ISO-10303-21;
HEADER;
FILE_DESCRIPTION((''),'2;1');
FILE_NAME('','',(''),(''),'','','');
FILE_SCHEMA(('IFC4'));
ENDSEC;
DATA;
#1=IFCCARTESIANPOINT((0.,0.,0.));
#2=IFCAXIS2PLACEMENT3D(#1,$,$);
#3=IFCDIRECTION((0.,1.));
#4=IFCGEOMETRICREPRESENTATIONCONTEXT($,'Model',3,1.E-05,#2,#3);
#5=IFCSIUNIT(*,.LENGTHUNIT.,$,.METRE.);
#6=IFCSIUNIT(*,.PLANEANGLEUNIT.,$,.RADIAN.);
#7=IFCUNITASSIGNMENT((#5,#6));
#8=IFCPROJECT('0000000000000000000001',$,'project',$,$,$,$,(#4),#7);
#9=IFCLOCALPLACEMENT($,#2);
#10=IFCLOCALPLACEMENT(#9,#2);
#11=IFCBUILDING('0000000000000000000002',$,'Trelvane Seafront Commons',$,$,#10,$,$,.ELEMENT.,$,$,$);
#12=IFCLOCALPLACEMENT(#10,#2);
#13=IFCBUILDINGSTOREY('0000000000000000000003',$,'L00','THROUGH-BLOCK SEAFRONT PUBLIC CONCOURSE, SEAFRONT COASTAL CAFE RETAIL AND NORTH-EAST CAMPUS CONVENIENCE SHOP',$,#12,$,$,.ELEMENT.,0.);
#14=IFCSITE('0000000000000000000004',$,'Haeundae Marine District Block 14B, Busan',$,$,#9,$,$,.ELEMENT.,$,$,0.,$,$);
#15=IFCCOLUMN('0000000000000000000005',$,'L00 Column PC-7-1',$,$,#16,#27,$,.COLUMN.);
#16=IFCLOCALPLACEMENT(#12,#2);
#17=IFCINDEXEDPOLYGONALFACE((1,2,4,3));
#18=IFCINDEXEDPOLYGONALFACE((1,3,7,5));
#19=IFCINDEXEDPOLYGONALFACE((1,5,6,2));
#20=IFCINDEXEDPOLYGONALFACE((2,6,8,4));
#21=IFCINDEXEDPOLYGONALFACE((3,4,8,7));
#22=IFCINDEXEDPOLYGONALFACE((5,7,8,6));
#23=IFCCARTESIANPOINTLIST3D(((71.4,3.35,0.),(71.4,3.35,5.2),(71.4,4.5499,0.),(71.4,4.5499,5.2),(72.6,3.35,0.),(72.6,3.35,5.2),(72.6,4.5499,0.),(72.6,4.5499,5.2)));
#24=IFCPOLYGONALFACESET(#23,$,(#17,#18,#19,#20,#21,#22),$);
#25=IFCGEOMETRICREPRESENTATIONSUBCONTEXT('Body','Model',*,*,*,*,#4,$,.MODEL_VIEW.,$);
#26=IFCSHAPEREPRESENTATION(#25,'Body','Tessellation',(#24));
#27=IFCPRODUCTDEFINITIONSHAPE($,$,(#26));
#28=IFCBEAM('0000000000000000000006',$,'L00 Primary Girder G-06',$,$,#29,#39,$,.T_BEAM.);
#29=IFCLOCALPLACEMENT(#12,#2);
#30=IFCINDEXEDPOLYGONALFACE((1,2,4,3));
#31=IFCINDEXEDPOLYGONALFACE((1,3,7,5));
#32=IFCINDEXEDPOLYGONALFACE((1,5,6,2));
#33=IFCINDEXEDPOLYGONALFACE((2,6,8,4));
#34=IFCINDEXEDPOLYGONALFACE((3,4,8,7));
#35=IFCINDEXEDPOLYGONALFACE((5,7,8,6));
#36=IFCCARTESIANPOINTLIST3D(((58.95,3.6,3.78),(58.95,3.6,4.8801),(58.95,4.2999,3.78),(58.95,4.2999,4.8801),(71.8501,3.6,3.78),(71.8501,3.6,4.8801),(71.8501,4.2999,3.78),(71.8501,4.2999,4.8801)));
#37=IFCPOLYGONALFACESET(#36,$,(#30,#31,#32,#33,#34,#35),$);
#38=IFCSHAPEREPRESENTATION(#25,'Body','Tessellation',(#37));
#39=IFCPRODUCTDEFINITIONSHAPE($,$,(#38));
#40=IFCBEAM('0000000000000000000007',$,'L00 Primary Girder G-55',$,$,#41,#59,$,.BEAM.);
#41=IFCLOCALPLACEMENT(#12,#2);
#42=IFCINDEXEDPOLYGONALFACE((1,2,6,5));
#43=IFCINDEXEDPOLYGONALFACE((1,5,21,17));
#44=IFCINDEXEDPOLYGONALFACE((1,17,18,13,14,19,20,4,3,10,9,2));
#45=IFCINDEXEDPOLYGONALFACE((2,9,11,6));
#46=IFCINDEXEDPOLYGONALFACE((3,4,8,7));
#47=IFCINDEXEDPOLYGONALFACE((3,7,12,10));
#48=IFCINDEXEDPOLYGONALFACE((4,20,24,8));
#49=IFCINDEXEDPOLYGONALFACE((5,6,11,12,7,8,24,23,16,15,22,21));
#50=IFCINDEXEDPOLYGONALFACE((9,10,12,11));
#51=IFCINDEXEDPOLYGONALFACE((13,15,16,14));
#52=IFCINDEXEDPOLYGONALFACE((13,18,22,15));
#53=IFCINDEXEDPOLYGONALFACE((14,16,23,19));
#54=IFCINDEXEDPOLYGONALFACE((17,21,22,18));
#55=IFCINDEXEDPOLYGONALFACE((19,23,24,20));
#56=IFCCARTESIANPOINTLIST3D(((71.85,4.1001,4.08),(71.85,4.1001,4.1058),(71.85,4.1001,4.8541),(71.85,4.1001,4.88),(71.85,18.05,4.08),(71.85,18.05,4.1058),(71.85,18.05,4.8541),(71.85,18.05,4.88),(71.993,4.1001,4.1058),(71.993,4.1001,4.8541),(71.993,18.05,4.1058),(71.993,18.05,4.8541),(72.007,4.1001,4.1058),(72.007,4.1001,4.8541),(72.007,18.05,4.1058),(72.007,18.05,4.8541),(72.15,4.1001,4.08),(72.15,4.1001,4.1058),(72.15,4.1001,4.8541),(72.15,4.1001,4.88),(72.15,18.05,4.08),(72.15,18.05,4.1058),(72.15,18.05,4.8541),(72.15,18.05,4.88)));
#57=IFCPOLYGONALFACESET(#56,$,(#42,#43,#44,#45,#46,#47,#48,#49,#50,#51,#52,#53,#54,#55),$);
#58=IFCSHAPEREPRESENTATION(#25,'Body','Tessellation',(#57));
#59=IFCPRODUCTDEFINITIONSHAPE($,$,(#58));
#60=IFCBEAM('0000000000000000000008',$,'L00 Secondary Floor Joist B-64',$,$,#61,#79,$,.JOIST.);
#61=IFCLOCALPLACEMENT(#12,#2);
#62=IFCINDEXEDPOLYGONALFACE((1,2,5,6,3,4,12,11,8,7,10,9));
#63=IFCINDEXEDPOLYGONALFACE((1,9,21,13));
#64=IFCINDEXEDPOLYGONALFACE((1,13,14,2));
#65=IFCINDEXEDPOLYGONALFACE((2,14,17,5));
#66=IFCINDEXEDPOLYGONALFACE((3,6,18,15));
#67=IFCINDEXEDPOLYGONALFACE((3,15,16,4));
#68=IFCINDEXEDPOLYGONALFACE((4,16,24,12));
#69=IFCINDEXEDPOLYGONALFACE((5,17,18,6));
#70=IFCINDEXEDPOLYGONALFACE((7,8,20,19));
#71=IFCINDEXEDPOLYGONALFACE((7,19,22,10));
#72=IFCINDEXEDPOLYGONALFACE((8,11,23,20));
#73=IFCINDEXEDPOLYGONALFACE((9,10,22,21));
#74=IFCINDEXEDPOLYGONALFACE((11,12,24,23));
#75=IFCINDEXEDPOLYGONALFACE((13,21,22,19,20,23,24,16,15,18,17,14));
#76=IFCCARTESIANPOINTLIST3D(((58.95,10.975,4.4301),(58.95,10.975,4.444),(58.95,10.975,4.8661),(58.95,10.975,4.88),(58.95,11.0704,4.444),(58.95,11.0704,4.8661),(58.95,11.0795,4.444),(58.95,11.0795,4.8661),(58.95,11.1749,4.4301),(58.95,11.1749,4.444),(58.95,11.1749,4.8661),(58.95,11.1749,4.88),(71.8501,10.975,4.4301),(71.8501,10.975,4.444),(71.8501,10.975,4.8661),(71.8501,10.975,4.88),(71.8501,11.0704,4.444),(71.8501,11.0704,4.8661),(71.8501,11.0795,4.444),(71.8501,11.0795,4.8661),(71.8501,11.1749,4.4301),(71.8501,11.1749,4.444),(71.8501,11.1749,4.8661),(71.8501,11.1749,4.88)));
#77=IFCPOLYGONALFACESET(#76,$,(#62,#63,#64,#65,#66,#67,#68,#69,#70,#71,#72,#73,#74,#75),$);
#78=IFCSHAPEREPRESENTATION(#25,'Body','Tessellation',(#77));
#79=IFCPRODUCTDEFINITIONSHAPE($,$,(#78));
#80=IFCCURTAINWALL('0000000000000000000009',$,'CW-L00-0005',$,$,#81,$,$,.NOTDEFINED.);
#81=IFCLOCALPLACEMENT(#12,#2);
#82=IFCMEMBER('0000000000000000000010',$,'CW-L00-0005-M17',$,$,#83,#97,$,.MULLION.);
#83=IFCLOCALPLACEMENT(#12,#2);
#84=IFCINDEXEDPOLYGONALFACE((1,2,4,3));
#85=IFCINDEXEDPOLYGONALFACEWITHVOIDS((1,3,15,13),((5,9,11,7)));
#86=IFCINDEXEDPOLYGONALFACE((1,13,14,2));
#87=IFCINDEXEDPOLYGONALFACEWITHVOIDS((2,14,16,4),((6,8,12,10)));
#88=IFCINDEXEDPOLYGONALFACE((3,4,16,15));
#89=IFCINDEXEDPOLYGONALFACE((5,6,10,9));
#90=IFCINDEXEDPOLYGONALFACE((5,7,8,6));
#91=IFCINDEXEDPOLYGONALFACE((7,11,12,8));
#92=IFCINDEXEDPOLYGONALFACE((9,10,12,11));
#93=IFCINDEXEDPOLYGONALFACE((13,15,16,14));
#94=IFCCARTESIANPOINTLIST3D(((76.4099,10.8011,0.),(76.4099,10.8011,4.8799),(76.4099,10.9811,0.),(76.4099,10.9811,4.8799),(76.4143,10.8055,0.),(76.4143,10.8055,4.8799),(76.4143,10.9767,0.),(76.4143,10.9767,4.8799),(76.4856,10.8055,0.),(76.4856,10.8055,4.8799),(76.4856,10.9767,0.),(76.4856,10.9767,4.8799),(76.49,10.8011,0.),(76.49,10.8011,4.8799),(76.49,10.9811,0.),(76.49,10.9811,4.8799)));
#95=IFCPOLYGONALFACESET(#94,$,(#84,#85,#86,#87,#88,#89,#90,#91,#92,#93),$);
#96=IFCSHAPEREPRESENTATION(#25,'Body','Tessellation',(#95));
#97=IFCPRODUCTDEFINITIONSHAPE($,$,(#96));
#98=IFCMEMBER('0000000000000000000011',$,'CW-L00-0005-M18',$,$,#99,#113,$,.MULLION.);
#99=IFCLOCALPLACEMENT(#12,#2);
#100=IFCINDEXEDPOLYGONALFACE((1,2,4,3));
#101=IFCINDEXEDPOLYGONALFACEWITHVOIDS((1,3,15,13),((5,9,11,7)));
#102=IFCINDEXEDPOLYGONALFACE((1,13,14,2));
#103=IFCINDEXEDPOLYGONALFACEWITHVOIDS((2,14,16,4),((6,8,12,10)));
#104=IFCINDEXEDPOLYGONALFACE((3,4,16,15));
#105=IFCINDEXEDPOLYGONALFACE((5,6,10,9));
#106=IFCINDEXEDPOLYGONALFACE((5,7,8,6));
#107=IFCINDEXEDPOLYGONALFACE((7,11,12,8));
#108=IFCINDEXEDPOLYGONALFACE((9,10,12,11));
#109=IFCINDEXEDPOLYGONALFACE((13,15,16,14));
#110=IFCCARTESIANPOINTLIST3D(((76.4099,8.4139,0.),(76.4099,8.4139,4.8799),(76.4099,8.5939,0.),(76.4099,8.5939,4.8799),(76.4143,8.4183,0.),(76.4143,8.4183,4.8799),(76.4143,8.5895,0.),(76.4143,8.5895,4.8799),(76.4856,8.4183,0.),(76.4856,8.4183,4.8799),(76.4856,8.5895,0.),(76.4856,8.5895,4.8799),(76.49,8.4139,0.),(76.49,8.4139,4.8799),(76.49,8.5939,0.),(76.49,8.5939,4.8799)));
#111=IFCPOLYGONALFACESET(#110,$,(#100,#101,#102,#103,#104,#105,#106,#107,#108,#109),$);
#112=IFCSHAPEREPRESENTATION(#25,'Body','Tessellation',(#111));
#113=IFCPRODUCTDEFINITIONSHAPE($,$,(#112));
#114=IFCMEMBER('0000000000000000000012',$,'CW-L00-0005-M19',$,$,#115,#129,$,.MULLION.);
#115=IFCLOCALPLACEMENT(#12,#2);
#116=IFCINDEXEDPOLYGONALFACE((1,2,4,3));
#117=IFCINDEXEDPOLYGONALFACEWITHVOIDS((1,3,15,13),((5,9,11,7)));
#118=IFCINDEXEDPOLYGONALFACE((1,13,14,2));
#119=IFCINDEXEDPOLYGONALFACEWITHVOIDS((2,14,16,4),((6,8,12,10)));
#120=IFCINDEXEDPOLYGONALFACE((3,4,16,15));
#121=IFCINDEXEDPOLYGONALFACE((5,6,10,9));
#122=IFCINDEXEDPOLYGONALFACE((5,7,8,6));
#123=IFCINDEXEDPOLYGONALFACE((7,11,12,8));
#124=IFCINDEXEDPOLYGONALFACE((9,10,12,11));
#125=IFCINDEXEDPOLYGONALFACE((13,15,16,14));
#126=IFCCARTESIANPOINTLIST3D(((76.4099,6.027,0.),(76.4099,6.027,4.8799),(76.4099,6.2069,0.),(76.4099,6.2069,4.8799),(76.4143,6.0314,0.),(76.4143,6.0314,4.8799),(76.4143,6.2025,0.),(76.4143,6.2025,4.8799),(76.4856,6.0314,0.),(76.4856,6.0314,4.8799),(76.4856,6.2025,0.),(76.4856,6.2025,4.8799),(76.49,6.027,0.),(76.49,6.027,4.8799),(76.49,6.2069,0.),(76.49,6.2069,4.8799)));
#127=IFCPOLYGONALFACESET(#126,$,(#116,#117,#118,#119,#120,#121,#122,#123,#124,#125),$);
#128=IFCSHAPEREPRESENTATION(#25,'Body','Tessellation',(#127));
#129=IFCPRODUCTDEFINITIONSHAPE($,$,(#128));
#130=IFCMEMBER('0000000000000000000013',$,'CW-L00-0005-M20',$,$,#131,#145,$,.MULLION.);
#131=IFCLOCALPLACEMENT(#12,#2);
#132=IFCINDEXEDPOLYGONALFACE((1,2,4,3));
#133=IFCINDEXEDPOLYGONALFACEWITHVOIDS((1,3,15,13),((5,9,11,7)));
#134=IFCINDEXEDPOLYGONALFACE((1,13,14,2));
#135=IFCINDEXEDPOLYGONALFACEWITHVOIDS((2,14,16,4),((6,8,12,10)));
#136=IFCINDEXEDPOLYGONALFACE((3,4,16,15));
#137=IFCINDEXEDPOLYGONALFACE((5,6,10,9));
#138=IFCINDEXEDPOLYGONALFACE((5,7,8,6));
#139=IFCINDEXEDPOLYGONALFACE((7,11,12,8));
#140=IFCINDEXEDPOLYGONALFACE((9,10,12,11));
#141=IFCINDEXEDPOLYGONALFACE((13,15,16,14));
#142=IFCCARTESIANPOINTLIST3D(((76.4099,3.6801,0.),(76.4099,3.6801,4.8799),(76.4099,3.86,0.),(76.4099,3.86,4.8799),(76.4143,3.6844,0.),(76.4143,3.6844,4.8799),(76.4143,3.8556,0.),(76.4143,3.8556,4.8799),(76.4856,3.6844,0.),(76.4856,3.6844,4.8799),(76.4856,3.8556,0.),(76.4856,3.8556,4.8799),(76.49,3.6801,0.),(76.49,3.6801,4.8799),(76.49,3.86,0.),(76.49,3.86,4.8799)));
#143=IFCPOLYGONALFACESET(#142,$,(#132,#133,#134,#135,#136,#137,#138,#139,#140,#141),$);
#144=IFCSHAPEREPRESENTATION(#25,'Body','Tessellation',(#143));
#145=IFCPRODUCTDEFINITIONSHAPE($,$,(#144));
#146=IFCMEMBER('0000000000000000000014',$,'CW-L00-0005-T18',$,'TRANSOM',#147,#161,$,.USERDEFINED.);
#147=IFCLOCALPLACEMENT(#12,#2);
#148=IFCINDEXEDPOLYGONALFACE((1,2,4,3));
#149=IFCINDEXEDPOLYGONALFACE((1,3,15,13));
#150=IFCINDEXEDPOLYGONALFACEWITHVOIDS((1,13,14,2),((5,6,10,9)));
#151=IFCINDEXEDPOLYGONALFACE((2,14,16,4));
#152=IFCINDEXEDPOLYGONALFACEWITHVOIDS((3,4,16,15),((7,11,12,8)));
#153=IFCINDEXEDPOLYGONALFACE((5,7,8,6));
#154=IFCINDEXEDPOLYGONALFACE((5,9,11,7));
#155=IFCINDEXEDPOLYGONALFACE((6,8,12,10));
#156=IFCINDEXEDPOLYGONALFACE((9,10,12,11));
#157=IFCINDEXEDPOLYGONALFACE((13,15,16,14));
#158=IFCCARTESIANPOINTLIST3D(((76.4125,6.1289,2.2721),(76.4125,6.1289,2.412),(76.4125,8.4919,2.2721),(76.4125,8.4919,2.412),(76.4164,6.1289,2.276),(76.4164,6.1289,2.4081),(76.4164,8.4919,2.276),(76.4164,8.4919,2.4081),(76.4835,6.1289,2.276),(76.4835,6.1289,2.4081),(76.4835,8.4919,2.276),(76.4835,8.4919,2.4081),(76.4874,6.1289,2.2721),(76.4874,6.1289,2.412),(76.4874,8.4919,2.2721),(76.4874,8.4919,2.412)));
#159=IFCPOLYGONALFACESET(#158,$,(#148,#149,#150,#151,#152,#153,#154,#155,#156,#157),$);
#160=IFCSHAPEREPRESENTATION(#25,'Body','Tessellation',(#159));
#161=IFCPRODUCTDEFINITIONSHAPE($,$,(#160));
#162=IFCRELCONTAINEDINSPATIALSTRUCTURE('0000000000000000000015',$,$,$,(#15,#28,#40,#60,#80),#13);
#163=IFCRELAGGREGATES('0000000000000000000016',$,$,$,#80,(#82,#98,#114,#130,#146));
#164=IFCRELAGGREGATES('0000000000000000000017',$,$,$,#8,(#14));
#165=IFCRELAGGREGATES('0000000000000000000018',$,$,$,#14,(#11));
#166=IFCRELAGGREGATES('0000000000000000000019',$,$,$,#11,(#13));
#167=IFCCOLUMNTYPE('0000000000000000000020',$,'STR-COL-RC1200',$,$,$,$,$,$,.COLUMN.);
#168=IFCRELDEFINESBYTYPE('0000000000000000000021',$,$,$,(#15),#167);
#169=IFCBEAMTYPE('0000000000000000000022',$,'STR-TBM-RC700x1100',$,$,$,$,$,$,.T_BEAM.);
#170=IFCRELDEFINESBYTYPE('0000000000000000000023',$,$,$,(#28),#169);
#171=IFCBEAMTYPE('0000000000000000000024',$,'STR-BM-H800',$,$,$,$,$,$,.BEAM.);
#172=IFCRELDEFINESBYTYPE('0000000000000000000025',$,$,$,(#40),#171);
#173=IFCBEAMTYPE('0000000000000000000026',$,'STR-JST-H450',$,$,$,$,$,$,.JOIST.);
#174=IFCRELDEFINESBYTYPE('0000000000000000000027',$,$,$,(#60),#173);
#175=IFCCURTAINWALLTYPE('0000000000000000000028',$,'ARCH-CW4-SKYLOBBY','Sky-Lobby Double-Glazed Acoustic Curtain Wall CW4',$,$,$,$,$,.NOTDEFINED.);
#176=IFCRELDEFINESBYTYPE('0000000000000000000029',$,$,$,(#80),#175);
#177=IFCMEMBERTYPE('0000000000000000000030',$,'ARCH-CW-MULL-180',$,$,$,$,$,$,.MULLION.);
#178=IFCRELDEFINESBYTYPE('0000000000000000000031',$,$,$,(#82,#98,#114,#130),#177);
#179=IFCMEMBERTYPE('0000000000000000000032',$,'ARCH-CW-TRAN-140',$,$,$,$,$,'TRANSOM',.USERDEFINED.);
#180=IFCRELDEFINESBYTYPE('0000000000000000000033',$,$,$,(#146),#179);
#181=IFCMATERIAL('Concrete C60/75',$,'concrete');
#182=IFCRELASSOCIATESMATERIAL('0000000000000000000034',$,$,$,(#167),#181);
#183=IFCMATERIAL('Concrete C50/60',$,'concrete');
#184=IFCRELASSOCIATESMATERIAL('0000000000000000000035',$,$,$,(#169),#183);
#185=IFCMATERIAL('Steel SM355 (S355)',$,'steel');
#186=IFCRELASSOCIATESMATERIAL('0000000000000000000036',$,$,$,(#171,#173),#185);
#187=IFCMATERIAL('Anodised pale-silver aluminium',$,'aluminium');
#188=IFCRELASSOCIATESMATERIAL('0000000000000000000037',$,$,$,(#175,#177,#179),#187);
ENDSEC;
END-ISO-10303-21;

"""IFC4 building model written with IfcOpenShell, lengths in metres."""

from ifc_helpers import new_model, si_unit, direction, frame, origin, origin_2d, place, context, subcontext, project, spatial, rectangle, hollow_rectangle, i_section, extrude, source, transform, mapped, material, material_profile, profile_set, type_object, element, aggregate, save


model = new_model("IFC4")

# Units and contexts
model_context = context("Model", 3, precision=1e-05, world=origin(), true_north=direction((0.0, 1.0)))
body_context = subcontext(model_context, "Body", "Model", "MODEL_VIEW")
ifc_project = project(units=[si_unit("LENGTHUNIT", "METRE"), si_unit("PLANEANGLEUNIT", "RADIAN")], contexts=[model_context])

# Site, building, storey
site_placement = place(None, origin())
site = spatial("IfcSite", under=ifc_project, at=site_placement, Name="Haeundae Marine District Block 14B, Busan", CompositionType="ELEMENT", RefElevation=0.0)
building_placement = place(site_placement, origin())
building = spatial("IfcBuilding", under=site, at=building_placement, Name="Trelvane Seafront Commons", CompositionType="ELEMENT")
storey_placement = place(building_placement, origin())
storey = spatial("IfcBuildingStorey", under=building, at=storey_placement, Name="L00", Description="THROUGH-BLOCK SEAFRONT PUBLIC CONCOURSE, SEAFRONT COASTAL CAFE RETAIL AND NORTH-EAST CAMPUS CONVENIENCE SHOP", CompositionType="ELEMENT", Elevation=0.0)

# Column
ifc_material_1 = material(Name="Concrete C60/75", Category="concrete")
ifc_material_profile_1 = material_profile(ifc_material_1, rectangle(XDim=1.2, YDim=1.2, at=origin_2d()), Name="RC-1200x1200")
ifc_profile_set_1 = profile_set([ifc_material_profile_1], Name="Concrete C60/75")
column_type = type_object("IfcColumnType", Name="STR-COL-RC1200", PredefinedType="COLUMN", material=ifc_profile_set_1)
shared_shape_1 = source(origin(), body_context, "Body", "SweptSolid", [
    extrude(rectangle(XDim=1.2, YDim=1.2, at=origin_2d()), origin(), (0.0, 0.0, 1.0), 5.2),
])
column_placement = place(storey_placement, frame((72.0, 3.95, 0.0), z_axis=(0.0, 0.0, 1.0), x_axis=(1.0, 0.0, 0.0)))
element("IfcColumn", 1, at=column_placement, inside=storey, type_object=column_type, Name="L00 Column PC-7-1", PredefinedType="COLUMN", context=body_context, shape_type="MappedRepresentation", body=[
    mapped(shared_shape_1, transform((0.0, 0.0, 0.0), x_axis=(1.0, 0.0, 0.0), y_axis=(0.0, 1.0, 0.0), z_axis=(0.0, 0.0, 1.0), scale=1.0)),
])

# Beams
ifc_material_2 = material(Name="Concrete C50/60", Category="concrete")
ifc_material_profile_2 = material_profile(ifc_material_2, rectangle(XDim=0.7, YDim=1.1001, at=origin_2d()), Name="RC-700x1100")
ifc_profile_set_2 = profile_set([ifc_material_profile_2], Name="Concrete C50/60")
beam_type_1 = type_object("IfcBeamType", Name="STR-TBM-RC700x1100", PredefinedType="T_BEAM", material=ifc_profile_set_2)
shared_shape_2 = source(origin(), body_context, "Body", "SweptSolid", [
    extrude(rectangle(XDim=0.7, YDim=1.1001, at=origin_2d()), origin(), (0.0, 0.0, 1.0), 12.9001),
])
beam_1_placement = place(storey_placement, frame((58.95, 3.95, 4.3301), z_axis=(1.0, 0.0, 0.0), x_axis=(0.0, 1.0, 0.0)))
element("IfcBeam", 2, at=beam_1_placement, inside=storey, type_object=beam_type_1, Name="L00 Primary Girder G-06", PredefinedType="T_BEAM", context=body_context, shape_type="MappedRepresentation", body=[
    mapped(shared_shape_2, transform((0.0, 0.0, 0.0), x_axis=(1.0, 0.0, 0.0), y_axis=(0.0, 1.0, 0.0), z_axis=(0.0, 0.0, 1.0), scale=1.0)),
])
ifc_material_3 = material(Name="Steel SM355 (S355)", Category="steel")
ifc_material_profile_3 = material_profile(ifc_material_3, i_section(OverallWidth=0.3, OverallDepth=0.8, WebThickness=0.0139, FlangeThickness=0.0259, at=origin_2d()), Name="H-800x300x14x26")
ifc_profile_set_3 = profile_set([ifc_material_profile_3], Name="Steel SM355 (S355)")
beam_type_2 = type_object("IfcBeamType", Name="STR-BM-H800", PredefinedType="BEAM", material=ifc_profile_set_3)
shared_shape_3 = source(origin(), body_context, "Body", "SweptSolid", [
    extrude(i_section(OverallWidth=0.3, OverallDepth=0.8, WebThickness=0.0139, FlangeThickness=0.0259, at=origin_2d()), origin(), (0.0, 0.0, 1.0), 13.95),
])
beam_2_placement = place(storey_placement, frame((72.0, 4.1001, 4.48), z_axis=(0.0, 1.0, 0.0), x_axis=(-1.0, 0.0, 0.0)))
element("IfcBeam", 3, at=beam_2_placement, inside=storey, type_object=beam_type_2, Name="L00 Primary Girder G-55", PredefinedType="BEAM", context=body_context, shape_type="MappedRepresentation", body=[
    mapped(shared_shape_3, transform((0.0, 0.0, 0.0), x_axis=(1.0, 0.0, 0.0), y_axis=(0.0, 1.0, 0.0), z_axis=(0.0, 0.0, 1.0), scale=1.0)),
])
ifc_material_profile_4 = material_profile(ifc_material_3, i_section(OverallWidth=0.2, OverallDepth=0.45, WebThickness=0.009, FlangeThickness=0.0139, at=origin_2d()), Name="H-450x200x9x14")
ifc_profile_set_4 = profile_set([ifc_material_profile_4], Name="Steel SM355 (S355)")
beam_type_3 = type_object("IfcBeamType", Name="STR-JST-H450", PredefinedType="JOIST", material=ifc_profile_set_4)
shared_shape_4 = source(origin(), body_context, "Body", "SweptSolid", [
    extrude(i_section(OverallWidth=0.2, OverallDepth=0.45, WebThickness=0.009, FlangeThickness=0.0139, at=origin_2d()), origin(), (0.0, 0.0, 1.0), 12.9001),
])
beam_3_placement = place(storey_placement, frame((58.95, 11.075, 4.655), z_axis=(1.0, 0.0, 0.0), x_axis=(0.0, 1.0, 0.0)))
element("IfcBeam", 4, at=beam_3_placement, inside=storey, type_object=beam_type_3, Name="L00 Secondary Floor Joist B-64", PredefinedType="JOIST", context=body_context, shape_type="MappedRepresentation", body=[
    mapped(shared_shape_4, transform((0.0, 0.0, 0.0), x_axis=(1.0, 0.0, 0.0), y_axis=(0.0, 1.0, 0.0), z_axis=(0.0, 0.0, 1.0), scale=1.0)),
])

# Curtain wall, members
ifc_material_4 = material(Name="Anodised pale-silver aluminium", Category="aluminium")
curtain_wall_type = type_object("IfcCurtainWallType", Name="ARCH-CW4-SKYLOBBY", Description="Sky-Lobby Double-Glazed Acoustic Curtain Wall CW4", PredefinedType="NOTDEFINED", material=ifc_material_4)
curtain_wall_placement = place(storey_placement, origin())
curtain_wall = element("IfcCurtainWall", 5, at=curtain_wall_placement, inside=storey, type_object=curtain_wall_type, Name="CW-L00-0005", PredefinedType="NOTDEFINED")
ifc_material_profile_5 = material_profile(ifc_material_4, hollow_rectangle(XDim=0.0801, YDim=0.1799, WallThickness=0.0044, at=origin_2d()), Name="MULL-80x180x4.5")
ifc_profile_set_5 = profile_set([ifc_material_profile_5], Name="Anodised pale-silver aluminium")
member_type_1 = type_object("IfcMemberType", Name="ARCH-CW-MULL-180", PredefinedType="MULLION", material=ifc_profile_set_5)
shared_shape_5 = source(origin(), body_context, "Body", "SweptSolid", [
    extrude(hollow_rectangle(XDim=0.0801, YDim=0.1799, WallThickness=0.0044, at=origin_2d()), origin(), (0.0, 0.0, 1.0), 4.8799),
])
member_1_placement = place(storey_placement, frame((76.45, 10.8911, 0.0), z_axis=(0.0, 0.0, 1.0), x_axis=(1.0, 0.0, 0.0)))
member_1 = element("IfcMember", 6, at=member_1_placement, type_object=member_type_1, Name="CW-L00-0005-M17", PredefinedType="MULLION", context=body_context, shape_type="MappedRepresentation", body=[
    mapped(shared_shape_5, transform((0.0, 0.0, 0.0), x_axis=(1.0, 0.0, 0.0), y_axis=(0.0, 1.0, 0.0), z_axis=(0.0, 0.0, 1.0), scale=1.0)),
])
member_2_placement = place(storey_placement, frame((76.45, 8.5039, 0.0), z_axis=(0.0, 0.0, 1.0), x_axis=(1.0, 0.0, 0.0)))
member_2 = element("IfcMember", 7, at=member_2_placement, type_object=member_type_1, Name="CW-L00-0005-M18", PredefinedType="MULLION", context=body_context, shape_type="MappedRepresentation", body=[
    mapped(shared_shape_5, transform((0.0, 0.0, 0.0), x_axis=(1.0, 0.0, 0.0), y_axis=(0.0, 1.0, 0.0), z_axis=(0.0, 0.0, 1.0), scale=1.0)),
])
member_3_placement = place(storey_placement, frame((76.45, 6.1169, 0.0), z_axis=(0.0, 0.0, 1.0), x_axis=(1.0, 0.0, 0.0)))
member_3 = element("IfcMember", 8, at=member_3_placement, type_object=member_type_1, Name="CW-L00-0005-M19", PredefinedType="MULLION", context=body_context, shape_type="MappedRepresentation", body=[
    mapped(shared_shape_5, transform((0.0, 0.0, 0.0), x_axis=(1.0, 0.0, 0.0), y_axis=(0.0, 1.0, 0.0), z_axis=(0.0, 0.0, 1.0), scale=1.0)),
])
member_4_placement = place(storey_placement, frame((76.45, 3.77, 0.0), z_axis=(0.0, 0.0, 1.0), x_axis=(1.0, 0.0, 0.0)))
member_4 = element("IfcMember", 9, at=member_4_placement, type_object=member_type_1, Name="CW-L00-0005-M20", PredefinedType="MULLION", context=body_context, shape_type="MappedRepresentation", body=[
    mapped(shared_shape_5, transform((0.0, 0.0, 0.0), x_axis=(1.0, 0.0, 0.0), y_axis=(0.0, 1.0, 0.0), z_axis=(0.0, 0.0, 1.0), scale=1.0)),
])
ifc_material_profile_6 = material_profile(ifc_material_4, hollow_rectangle(XDim=0.075, YDim=0.1399, WallThickness=0.0039, at=origin_2d()), Name="TRAN-75x140x4")
ifc_profile_set_6 = profile_set([ifc_material_profile_6], Name="Anodised pale-silver aluminium")
member_type_2 = type_object("IfcMemberType", Name="ARCH-CW-TRAN-140", ElementType="TRANSOM", PredefinedType="USERDEFINED", material=ifc_profile_set_6)
shared_shape_6 = source(origin(), body_context, "Body", "SweptSolid", [
    extrude(hollow_rectangle(XDim=0.075, YDim=0.1399, WallThickness=0.0039, at=origin_2d()), origin(), (0.0, 0.0, 1.0), 2.363),
])
member_5_placement = place(storey_placement, frame((76.45, 8.4919, 2.342), z_axis=(0.0, -1.0, 0.0), x_axis=(1.0, 0.0, 0.0)))
member_5 = element("IfcMember", 10, at=member_5_placement, type_object=member_type_2, Name="CW-L00-0005-T18", ObjectType="TRANSOM", PredefinedType="USERDEFINED", context=body_context, shape_type="MappedRepresentation", body=[
    mapped(shared_shape_6, transform((0.0, 0.0, 0.0), x_axis=(1.0, 0.0, 0.0), y_axis=(0.0, 1.0, 0.0), z_axis=(0.0, 0.0, 1.0), scale=1.0)),
])
aggregate(curtain_wall, [member_1, member_2, member_3, member_4, member_5])

save(model, "model.ifc")
